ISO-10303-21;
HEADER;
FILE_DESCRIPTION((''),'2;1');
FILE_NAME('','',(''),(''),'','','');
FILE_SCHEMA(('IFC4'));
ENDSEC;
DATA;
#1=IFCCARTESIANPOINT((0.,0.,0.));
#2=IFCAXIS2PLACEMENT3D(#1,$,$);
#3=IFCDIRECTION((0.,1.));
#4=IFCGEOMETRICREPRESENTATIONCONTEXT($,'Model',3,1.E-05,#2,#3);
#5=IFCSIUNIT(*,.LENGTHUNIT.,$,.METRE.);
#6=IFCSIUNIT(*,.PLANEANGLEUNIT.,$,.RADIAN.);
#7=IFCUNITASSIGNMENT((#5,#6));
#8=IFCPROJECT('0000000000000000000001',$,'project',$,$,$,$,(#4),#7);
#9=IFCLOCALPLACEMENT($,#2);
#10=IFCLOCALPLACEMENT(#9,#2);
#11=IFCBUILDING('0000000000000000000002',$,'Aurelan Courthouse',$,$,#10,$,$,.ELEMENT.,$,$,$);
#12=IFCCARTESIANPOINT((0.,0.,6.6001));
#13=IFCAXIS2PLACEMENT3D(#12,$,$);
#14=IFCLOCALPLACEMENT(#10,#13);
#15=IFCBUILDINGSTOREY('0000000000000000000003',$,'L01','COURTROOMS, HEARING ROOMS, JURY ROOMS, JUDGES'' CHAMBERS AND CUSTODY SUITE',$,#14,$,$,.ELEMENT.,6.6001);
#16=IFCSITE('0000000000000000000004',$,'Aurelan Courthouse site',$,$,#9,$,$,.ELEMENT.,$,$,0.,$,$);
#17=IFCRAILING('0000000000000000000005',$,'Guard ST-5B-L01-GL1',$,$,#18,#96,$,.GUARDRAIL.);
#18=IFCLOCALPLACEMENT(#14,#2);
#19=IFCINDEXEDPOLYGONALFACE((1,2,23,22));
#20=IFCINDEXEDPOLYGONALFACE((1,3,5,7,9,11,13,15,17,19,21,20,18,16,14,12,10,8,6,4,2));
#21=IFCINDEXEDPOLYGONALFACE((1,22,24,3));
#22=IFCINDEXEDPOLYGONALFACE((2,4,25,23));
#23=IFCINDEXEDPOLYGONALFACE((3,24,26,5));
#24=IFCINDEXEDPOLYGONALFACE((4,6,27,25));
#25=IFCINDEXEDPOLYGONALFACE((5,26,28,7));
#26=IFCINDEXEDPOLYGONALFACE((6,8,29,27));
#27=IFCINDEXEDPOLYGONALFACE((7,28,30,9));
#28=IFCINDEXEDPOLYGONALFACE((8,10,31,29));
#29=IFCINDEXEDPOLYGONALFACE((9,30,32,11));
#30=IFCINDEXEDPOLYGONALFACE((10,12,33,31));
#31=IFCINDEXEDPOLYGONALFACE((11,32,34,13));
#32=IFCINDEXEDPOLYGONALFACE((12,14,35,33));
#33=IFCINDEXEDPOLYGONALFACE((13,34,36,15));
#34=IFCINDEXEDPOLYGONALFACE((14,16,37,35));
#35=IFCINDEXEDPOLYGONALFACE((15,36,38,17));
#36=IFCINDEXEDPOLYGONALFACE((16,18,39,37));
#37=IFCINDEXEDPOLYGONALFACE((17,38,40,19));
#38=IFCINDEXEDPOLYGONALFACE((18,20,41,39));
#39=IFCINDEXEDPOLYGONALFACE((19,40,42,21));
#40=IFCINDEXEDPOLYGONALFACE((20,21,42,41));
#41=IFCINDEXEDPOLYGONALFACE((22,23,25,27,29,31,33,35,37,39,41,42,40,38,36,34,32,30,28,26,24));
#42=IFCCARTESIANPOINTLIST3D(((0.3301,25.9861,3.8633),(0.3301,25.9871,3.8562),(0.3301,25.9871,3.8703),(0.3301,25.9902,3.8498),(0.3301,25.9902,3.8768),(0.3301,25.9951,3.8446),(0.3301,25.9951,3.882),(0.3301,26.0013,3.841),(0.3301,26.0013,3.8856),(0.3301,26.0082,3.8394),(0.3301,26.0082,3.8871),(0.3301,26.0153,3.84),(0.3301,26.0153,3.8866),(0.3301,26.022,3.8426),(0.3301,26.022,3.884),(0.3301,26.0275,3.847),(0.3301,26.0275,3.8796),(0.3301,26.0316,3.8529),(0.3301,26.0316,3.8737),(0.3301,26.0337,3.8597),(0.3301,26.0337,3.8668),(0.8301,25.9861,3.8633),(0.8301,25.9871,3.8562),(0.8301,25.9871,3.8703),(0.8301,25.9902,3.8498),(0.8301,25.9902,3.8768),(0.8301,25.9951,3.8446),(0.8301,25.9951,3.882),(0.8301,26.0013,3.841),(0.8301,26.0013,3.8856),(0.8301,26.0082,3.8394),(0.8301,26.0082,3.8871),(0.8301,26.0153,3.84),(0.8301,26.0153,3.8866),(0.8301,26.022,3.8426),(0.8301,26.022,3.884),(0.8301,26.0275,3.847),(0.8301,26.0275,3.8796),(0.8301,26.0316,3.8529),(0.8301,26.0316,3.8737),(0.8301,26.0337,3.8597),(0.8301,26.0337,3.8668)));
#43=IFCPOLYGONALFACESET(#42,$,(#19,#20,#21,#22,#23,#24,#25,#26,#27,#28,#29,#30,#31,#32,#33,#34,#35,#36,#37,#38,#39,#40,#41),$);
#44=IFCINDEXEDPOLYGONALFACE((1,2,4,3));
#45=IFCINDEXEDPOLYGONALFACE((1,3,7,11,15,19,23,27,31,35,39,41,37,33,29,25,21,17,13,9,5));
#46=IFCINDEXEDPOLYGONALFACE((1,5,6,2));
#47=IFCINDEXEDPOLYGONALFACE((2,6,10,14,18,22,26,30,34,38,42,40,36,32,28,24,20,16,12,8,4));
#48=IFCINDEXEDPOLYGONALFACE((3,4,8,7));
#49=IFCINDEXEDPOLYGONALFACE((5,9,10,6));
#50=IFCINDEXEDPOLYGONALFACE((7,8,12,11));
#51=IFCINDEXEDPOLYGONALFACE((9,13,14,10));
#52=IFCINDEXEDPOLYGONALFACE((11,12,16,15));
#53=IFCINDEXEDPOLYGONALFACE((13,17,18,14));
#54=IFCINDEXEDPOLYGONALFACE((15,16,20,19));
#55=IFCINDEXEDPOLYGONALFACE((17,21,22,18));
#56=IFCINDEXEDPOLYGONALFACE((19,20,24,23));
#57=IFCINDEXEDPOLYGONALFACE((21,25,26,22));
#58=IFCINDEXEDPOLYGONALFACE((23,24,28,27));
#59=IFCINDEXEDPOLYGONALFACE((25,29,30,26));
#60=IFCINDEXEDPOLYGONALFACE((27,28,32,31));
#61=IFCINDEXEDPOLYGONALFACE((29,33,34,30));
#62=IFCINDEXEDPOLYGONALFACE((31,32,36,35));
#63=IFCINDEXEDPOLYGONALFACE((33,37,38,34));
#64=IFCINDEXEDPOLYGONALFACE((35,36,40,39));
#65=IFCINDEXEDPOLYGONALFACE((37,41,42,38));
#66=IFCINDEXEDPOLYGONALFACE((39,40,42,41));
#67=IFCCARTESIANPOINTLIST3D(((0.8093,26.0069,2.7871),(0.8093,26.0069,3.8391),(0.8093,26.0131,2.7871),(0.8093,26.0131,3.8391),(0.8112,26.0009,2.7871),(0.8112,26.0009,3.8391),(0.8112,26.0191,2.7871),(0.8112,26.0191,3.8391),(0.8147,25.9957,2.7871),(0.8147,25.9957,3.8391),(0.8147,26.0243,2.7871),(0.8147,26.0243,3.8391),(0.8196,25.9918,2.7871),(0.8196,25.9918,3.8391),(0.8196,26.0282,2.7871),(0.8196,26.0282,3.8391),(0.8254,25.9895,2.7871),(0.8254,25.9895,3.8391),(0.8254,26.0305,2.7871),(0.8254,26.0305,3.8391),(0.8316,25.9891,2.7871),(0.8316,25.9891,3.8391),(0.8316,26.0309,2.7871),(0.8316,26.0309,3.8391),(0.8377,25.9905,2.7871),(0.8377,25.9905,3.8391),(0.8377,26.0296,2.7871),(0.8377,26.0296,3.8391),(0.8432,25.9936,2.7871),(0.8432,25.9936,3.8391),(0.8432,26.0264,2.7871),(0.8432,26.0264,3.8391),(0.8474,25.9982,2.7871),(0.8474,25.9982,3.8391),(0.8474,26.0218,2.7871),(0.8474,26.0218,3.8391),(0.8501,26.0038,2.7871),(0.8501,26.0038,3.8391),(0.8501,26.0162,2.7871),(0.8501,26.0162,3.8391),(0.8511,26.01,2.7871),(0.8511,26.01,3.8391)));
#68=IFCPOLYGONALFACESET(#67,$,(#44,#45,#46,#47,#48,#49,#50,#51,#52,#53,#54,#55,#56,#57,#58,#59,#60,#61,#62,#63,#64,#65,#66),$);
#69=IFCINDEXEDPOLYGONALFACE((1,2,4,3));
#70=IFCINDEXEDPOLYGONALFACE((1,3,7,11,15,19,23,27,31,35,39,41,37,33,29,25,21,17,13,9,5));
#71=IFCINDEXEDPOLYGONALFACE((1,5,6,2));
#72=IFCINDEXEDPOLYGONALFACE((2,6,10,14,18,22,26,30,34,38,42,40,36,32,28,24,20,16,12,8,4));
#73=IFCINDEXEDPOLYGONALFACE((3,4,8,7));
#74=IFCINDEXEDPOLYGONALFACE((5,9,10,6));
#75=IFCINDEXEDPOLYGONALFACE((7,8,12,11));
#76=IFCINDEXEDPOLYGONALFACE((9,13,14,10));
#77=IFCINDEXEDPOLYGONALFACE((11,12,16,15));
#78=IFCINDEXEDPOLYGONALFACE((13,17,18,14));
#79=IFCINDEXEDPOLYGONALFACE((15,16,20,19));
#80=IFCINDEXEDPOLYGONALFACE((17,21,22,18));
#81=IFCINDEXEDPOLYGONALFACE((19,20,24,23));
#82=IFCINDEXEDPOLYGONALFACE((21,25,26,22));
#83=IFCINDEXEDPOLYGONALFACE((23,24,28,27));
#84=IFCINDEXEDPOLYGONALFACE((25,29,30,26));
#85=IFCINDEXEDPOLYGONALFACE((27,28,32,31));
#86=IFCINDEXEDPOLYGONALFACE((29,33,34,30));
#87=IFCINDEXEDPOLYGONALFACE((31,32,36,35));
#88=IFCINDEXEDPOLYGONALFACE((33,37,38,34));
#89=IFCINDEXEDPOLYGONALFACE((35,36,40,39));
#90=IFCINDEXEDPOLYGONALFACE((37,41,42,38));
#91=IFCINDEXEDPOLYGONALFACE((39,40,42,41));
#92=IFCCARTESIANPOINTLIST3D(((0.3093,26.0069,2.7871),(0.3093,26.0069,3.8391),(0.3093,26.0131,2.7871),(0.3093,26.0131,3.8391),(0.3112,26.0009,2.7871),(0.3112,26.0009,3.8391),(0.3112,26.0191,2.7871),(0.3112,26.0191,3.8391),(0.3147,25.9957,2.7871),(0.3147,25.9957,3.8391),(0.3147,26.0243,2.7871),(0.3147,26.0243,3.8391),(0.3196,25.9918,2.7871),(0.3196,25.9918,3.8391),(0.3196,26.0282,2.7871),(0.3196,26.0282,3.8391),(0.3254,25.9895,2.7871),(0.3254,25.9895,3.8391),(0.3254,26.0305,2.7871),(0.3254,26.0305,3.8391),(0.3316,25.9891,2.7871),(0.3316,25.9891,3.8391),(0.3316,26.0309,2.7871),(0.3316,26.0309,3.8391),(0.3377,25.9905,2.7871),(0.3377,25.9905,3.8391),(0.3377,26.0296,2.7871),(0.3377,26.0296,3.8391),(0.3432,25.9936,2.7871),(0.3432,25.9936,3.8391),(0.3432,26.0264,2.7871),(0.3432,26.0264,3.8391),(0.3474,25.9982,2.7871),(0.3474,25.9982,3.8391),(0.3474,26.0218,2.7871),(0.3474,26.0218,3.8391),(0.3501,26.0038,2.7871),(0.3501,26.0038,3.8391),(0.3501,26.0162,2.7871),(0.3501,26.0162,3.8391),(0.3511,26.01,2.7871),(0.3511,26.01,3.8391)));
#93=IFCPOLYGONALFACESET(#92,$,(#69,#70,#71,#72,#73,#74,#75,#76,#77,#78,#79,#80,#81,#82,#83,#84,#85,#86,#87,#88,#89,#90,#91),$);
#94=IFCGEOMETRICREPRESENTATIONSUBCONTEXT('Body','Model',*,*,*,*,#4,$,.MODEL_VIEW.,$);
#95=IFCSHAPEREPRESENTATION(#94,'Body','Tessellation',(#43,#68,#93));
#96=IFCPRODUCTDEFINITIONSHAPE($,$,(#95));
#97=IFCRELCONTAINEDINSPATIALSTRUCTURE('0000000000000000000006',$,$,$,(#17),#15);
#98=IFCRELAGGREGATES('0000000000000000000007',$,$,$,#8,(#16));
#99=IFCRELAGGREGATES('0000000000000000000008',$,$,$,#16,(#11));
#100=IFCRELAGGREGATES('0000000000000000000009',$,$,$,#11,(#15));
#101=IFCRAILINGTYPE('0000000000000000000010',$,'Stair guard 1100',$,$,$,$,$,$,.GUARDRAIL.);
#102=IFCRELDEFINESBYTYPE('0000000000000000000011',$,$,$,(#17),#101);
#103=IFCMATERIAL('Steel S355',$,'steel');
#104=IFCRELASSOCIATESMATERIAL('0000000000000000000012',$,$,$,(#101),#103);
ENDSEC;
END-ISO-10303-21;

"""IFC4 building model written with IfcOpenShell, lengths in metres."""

from ifc_helpers import new_model, si_unit, direction, frame, origin, origin_2d, place, context, subcontext, project, spatial, circle, extrude, material, type_object, element, save


model = new_model("IFC4")

# Units and contexts
model_context = context("Model", 3, precision=1e-05, world=origin(), true_north=direction((0.0, 1.0)))
body_context = subcontext(model_context, "Body", "Model", "MODEL_VIEW")
ifc_project = project(units=[si_unit("LENGTHUNIT", "METRE"), si_unit("PLANEANGLEUNIT", "RADIAN")], contexts=[model_context])

# Site, building, storey
site_placement = place(None, origin())
site = spatial("IfcSite", under=ifc_project, at=site_placement, Name="Aurelan Courthouse site", CompositionType="ELEMENT", RefElevation=0.0)
building_placement = place(site_placement, origin())
building = spatial("IfcBuilding", under=site, at=building_placement, Name="Aurelan Courthouse", CompositionType="ELEMENT")
storey_placement = place(building_placement, frame((0.0, 0.0, 6.6001)))
storey = spatial("IfcBuildingStorey", under=building, at=storey_placement, Name="L01", Description="COURTROOMS, HEARING ROOMS, JURY ROOMS, JUDGES' CHAMBERS AND CUSTODY SUITE", CompositionType="ELEMENT", Elevation=6.6001)

# Railing
ifc_material_1 = material(Name="Steel S355", Category="steel")
railing_type_1 = type_object("IfcRailingType", Name="Stair guard 1100", PredefinedType="GUARDRAIL", material=ifc_material_1)
railing_1_placement = place(storey_placement, frame((0.8301, 26.01, 2.7871)))
element("IfcRailing", 1, at=railing_1_placement, inside=storey, type_object=railing_type_1, Name="Guard ST-5B-L01-GL1", PredefinedType="GUARDRAIL", context=body_context, shape_type="SweptSolid", body=[
    extrude(circle(Radius=0.0239, at=origin_2d()), frame((0.0, 0.0, 1.0762), z_axis=(-1.0, 0.0, 0.0), x_axis=(0.0, -1.0, 0.0)), (0.0, 0.0, 1.0), 0.5),
    extrude(circle(Radius=0.021, at=origin_2d()), origin(), (0.0, 0.0, 1.0), 1.052),
    extrude(circle(Radius=0.021, at=origin_2d()), frame((-0.5, 0.0, 0.0)), (0.0, 0.0, 1.0), 1.052),
])

save(model, "model.ifc")
